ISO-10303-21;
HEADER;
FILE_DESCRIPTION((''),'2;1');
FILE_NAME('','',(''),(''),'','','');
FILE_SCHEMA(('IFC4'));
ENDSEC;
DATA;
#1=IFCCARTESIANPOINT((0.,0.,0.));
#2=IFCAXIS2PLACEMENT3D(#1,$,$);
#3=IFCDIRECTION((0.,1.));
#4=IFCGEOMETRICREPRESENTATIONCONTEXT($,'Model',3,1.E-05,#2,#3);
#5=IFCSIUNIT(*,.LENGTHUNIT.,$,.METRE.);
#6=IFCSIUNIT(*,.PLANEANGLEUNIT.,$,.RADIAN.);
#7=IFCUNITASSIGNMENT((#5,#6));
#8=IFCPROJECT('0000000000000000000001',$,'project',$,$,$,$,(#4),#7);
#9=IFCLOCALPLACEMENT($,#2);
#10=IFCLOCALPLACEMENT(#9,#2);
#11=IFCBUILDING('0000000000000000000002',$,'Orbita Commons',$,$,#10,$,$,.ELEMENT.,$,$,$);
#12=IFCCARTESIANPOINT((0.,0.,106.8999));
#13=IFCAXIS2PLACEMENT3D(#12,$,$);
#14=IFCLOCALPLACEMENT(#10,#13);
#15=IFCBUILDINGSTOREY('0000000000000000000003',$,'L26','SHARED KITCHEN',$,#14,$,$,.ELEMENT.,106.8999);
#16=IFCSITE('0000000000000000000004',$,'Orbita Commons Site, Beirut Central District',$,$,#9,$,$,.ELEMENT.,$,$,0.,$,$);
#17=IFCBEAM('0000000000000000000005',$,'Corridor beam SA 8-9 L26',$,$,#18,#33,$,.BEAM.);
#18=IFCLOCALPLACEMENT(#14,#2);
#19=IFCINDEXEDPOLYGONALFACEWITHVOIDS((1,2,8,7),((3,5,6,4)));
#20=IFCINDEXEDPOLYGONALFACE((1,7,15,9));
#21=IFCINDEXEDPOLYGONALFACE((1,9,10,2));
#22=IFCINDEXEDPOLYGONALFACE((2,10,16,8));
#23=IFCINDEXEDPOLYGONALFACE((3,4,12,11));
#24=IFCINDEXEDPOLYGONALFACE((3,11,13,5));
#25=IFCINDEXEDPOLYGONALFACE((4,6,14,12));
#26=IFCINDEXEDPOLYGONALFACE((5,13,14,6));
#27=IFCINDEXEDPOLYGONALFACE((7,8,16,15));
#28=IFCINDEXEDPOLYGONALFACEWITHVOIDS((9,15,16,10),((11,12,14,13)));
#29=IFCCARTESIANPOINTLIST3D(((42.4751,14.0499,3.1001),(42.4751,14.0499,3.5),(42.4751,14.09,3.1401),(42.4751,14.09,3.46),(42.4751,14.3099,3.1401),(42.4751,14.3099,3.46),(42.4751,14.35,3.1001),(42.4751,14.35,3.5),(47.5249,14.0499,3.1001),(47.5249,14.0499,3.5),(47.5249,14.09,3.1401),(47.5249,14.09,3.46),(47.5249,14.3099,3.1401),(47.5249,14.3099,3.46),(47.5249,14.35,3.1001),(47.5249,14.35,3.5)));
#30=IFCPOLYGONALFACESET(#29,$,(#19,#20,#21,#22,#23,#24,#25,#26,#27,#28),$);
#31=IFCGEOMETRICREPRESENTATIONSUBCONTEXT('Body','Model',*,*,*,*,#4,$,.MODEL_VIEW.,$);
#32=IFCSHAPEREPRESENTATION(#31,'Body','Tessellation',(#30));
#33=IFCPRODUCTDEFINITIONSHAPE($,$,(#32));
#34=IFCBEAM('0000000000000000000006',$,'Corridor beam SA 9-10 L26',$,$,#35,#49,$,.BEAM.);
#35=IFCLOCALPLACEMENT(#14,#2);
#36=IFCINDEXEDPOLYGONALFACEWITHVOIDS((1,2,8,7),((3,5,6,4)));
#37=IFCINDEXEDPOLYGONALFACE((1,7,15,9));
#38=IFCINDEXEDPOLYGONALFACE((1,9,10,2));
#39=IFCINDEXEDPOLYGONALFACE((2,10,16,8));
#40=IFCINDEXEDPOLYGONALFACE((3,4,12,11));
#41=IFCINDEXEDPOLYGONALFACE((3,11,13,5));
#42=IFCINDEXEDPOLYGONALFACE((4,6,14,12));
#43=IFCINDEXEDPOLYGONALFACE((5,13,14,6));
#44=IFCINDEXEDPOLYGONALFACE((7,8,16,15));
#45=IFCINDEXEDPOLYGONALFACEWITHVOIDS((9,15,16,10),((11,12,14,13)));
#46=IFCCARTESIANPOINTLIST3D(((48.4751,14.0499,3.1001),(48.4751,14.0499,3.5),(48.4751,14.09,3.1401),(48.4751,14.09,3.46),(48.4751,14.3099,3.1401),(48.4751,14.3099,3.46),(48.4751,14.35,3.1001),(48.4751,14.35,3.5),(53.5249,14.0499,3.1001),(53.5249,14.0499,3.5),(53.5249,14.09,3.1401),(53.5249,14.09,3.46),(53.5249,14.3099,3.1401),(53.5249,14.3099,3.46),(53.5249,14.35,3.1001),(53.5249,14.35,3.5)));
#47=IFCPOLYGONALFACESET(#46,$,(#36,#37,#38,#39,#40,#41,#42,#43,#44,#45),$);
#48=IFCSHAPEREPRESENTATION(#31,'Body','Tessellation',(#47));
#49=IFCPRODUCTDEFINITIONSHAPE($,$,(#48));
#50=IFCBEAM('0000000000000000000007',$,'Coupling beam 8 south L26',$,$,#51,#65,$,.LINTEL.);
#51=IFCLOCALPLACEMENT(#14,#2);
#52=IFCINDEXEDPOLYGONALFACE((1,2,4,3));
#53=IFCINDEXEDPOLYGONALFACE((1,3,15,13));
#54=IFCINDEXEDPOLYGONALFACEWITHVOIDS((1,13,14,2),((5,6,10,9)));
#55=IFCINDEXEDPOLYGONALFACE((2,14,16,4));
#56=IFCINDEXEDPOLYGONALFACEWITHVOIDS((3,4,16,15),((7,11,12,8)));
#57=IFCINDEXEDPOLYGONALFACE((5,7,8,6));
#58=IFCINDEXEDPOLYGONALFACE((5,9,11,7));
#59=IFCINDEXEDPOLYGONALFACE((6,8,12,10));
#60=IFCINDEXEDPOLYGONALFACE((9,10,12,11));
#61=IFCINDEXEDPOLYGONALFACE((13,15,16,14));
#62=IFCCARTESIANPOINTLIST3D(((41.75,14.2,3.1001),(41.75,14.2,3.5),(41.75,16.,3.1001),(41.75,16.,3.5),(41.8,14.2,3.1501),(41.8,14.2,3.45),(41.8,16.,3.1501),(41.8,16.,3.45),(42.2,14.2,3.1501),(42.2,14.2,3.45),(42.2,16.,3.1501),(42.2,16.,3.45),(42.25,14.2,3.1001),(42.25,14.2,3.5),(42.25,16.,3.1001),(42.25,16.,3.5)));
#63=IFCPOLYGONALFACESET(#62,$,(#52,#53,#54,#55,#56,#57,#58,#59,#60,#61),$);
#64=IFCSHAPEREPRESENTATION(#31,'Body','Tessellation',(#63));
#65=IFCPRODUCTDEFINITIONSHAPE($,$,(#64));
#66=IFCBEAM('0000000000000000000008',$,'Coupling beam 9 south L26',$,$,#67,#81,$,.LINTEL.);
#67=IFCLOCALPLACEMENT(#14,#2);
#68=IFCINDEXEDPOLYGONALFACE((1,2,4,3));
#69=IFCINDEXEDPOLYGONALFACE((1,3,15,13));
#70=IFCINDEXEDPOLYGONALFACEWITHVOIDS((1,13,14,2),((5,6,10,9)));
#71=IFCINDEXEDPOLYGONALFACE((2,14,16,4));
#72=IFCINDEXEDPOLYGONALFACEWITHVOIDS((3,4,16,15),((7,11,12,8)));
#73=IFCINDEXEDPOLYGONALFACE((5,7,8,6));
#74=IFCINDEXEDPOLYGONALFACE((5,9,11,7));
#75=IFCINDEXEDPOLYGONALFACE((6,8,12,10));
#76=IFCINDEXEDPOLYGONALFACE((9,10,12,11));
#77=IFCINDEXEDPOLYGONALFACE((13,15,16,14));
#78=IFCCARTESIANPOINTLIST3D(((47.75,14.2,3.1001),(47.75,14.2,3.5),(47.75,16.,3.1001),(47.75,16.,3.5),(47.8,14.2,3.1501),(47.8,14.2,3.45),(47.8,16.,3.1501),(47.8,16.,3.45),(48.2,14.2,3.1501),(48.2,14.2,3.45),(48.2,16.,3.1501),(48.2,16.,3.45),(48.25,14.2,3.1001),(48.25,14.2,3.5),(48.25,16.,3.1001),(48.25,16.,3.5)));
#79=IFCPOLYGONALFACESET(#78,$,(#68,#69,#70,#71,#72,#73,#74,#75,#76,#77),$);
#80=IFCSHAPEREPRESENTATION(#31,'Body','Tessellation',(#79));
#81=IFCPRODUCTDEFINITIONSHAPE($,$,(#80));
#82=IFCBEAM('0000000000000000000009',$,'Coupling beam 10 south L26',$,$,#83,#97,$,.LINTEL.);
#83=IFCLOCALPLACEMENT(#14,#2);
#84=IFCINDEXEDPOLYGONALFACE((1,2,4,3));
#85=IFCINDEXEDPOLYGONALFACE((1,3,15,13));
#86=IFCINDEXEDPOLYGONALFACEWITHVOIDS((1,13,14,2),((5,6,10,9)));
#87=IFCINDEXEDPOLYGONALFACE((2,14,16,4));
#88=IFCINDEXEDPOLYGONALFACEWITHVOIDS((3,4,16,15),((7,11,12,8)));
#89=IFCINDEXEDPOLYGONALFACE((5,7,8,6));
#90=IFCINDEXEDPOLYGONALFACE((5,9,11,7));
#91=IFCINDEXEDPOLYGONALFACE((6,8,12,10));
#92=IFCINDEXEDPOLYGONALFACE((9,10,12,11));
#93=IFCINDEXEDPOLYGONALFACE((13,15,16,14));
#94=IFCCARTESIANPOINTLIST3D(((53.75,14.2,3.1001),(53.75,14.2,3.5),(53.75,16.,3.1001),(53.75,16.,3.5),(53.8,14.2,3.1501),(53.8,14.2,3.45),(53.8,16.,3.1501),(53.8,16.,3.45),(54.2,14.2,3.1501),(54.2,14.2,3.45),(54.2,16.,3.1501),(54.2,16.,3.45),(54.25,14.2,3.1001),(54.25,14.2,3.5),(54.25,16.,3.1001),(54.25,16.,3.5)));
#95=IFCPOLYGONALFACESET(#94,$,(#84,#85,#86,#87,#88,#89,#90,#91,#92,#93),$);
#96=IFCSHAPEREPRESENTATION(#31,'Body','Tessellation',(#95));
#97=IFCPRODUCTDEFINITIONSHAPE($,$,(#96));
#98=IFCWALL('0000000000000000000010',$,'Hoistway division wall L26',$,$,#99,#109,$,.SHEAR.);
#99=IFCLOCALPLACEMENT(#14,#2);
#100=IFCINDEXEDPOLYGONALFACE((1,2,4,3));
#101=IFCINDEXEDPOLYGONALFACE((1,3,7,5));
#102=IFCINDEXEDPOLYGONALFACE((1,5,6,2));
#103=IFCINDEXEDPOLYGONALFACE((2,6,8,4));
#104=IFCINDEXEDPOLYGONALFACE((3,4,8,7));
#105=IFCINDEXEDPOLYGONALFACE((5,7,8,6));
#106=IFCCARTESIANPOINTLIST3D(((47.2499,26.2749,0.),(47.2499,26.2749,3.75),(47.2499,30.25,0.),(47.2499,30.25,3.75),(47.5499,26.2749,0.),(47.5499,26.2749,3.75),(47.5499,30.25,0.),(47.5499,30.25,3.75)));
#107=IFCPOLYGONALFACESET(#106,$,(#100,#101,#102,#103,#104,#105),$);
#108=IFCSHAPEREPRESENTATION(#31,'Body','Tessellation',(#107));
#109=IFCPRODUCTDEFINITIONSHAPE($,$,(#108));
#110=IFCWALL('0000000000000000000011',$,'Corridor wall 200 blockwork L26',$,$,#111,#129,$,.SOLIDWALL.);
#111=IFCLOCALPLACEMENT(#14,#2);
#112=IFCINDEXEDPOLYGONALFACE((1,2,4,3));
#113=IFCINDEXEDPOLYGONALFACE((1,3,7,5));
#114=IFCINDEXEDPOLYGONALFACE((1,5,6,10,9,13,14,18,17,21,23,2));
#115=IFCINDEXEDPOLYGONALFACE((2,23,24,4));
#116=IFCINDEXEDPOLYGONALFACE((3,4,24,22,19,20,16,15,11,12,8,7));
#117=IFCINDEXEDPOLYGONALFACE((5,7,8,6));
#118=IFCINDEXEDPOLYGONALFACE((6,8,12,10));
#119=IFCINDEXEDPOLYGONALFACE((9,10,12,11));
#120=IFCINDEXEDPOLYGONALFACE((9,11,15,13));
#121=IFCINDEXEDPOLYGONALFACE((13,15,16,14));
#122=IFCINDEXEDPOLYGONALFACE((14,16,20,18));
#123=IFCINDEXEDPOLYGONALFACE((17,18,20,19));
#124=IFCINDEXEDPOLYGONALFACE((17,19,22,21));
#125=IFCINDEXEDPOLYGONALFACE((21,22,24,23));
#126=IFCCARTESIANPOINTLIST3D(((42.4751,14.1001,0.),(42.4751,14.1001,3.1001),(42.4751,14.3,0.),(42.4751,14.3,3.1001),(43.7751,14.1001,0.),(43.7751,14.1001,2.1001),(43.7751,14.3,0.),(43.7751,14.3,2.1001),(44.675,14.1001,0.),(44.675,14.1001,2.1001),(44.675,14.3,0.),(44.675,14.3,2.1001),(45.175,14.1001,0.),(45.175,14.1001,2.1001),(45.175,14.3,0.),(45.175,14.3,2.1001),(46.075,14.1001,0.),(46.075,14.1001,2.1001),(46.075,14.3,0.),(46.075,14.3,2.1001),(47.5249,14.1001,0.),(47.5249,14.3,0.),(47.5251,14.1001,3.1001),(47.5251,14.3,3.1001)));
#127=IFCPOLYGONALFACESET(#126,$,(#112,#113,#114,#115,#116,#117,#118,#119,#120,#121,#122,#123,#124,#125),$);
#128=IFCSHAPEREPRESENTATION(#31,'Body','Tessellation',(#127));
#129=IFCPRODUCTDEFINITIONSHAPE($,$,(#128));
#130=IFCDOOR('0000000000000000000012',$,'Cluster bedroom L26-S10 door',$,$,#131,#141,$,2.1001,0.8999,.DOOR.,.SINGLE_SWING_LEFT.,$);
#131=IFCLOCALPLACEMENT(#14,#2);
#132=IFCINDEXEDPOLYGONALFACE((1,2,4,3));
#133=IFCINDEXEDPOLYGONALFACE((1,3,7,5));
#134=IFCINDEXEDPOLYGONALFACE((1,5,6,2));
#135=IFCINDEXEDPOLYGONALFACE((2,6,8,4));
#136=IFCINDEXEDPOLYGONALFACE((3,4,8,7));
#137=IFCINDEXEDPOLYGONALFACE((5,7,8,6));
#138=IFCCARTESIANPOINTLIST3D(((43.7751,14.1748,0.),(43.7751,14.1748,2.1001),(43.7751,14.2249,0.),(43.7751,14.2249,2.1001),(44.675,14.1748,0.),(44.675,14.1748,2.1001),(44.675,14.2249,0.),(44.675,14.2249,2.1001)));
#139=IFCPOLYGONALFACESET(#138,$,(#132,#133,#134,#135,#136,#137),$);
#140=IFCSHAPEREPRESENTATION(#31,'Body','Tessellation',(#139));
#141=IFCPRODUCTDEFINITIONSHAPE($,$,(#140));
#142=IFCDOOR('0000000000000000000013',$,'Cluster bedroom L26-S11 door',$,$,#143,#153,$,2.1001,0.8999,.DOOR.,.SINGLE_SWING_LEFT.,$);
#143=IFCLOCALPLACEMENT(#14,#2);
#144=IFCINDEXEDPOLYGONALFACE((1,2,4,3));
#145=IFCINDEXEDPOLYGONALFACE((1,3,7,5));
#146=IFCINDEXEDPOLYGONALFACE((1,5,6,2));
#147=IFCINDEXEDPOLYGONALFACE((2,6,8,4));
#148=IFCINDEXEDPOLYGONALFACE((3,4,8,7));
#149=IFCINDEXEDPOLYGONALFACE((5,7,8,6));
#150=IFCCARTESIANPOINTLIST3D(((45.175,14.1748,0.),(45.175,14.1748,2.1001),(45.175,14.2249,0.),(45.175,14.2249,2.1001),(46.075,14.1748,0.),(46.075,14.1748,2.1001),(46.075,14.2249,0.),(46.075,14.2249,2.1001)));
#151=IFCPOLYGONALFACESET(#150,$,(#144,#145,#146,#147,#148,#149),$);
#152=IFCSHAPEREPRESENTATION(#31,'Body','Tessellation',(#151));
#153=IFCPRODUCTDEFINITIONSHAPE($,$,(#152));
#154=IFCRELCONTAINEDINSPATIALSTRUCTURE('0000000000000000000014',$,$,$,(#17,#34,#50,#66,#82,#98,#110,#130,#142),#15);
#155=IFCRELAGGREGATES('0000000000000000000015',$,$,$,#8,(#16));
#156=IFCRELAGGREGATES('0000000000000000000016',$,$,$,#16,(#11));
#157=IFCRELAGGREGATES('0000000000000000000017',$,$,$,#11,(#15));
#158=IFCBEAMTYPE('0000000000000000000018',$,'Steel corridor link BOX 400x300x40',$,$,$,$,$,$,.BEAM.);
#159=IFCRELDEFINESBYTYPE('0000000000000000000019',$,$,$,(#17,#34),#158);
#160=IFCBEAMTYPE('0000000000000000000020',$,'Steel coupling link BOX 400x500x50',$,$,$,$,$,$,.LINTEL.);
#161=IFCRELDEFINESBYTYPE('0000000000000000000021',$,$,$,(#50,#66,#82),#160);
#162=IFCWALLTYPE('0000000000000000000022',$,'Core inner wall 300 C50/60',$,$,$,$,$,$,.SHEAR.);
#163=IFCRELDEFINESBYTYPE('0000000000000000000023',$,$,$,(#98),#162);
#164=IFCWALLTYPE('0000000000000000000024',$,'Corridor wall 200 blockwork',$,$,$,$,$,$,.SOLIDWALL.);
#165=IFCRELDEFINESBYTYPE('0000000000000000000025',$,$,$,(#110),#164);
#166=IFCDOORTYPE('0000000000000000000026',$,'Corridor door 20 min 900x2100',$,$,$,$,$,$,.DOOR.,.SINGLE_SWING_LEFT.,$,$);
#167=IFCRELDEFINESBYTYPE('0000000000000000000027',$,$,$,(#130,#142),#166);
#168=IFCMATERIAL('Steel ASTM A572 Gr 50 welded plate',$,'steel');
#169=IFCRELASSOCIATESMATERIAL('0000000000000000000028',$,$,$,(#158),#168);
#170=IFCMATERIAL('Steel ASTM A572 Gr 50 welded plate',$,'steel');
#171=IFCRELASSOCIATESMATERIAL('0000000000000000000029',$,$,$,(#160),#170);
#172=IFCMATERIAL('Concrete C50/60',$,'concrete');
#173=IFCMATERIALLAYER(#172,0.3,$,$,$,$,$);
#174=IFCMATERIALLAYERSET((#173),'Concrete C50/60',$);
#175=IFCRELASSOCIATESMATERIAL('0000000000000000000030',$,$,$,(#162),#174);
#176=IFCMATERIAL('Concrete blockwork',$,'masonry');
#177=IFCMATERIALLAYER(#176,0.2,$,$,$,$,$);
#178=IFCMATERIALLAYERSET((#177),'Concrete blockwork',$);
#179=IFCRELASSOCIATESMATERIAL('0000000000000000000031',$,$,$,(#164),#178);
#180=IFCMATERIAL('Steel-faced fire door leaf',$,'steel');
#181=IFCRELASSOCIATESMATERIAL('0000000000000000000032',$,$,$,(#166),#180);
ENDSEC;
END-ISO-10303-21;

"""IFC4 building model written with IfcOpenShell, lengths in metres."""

from ifc_helpers import new_model, si_unit, direction, frame, frame_2d, origin, origin_2d, place, context, subcontext, project, spatial, polyline, rectangle, hollow_rectangle, outline, extrude, material, layer, layer_set, material_profile, profile_set, type_object, element, fill, save


model = new_model("IFC4")

# Units and contexts
model_context = context("Model", 3, precision=1e-05, world=origin(), true_north=direction((0.0, 1.0)))
body_context = subcontext(model_context, "Body", "Model", "MODEL_VIEW")
ifc_project = project(units=[si_unit("LENGTHUNIT", "METRE"), si_unit("PLANEANGLEUNIT", "RADIAN")], contexts=[model_context])

# Site, building, storey
site_placement = place(None, origin())
site = spatial("IfcSite", under=ifc_project, at=site_placement, Name="Orbita Commons Site, Beirut Central District", CompositionType="ELEMENT", RefElevation=0.0)
building_placement = place(site_placement, origin())
building = spatial("IfcBuilding", under=site, at=building_placement, Name="Orbita Commons", CompositionType="ELEMENT")
storey_placement = place(building_placement, frame((0.0, 0.0, 106.8999)))
storey = spatial("IfcBuildingStorey", under=building, at=storey_placement, Name="L26", Description="SHARED KITCHEN", CompositionType="ELEMENT", Elevation=106.8999)

# Beams
ifc_material_1 = material(Name="Steel ASTM A572 Gr 50 welded plate", Category="steel")
ifc_material_profile_1 = material_profile(ifc_material_1, hollow_rectangle(XDim=0.3, YDim=0.3999, WallThickness=0.04, at=origin_2d()), Name="BOX 400x300x40")
ifc_profile_set_1 = profile_set([ifc_material_profile_1], Name="Steel ASTM A572 Gr 50 welded plate")
beam_type_1 = type_object("IfcBeamType", Name="Steel corridor link BOX 400x300x40", PredefinedType="BEAM", material=ifc_profile_set_1)
for number, where, z_axis, x_axis, name in (
    (1, (42.4751, 14.2, 3.3), (1.0, 0.0, 0.0), (0.0, 1.0, 0.0), "Corridor beam SA 8-9 L26"),
    (2, (48.4751, 14.2, 3.3), (1.0, 0.0, 0.0), (0.0, 1.0, 0.0), "Corridor beam SA 9-10 L26"),
):
    element("IfcBeam", number, at=place(storey_placement, frame(where, z_axis=z_axis, x_axis=x_axis)), inside=storey, type_object=beam_type_1, Name=name, PredefinedType="BEAM", context=body_context, shape_type="SweptSolid", body=[
        extrude(hollow_rectangle(XDim=0.3, YDim=0.3999, WallThickness=0.04, at=origin_2d()), origin(), (0.0, 0.0, 1.0), 5.0498),
    ])
ifc_material_2 = material(Name="Steel ASTM A572 Gr 50 welded plate", Category="steel")
ifc_material_profile_2 = material_profile(ifc_material_2, hollow_rectangle(XDim=0.5, YDim=0.3999, WallThickness=0.05, at=origin_2d()), Name="BOX 400x500x50")
ifc_profile_set_2 = profile_set([ifc_material_profile_2], Name="Steel ASTM A572 Gr 50 welded plate")
beam_type_2 = type_object("IfcBeamType", Name="Steel coupling link BOX 400x500x50", PredefinedType="LINTEL", material=ifc_profile_set_2)
for number, where, z_axis, x_axis, name in (
    (3, (42.0, 14.2, 3.3), (0.0, 1.0, 0.0), (-1.0, 0.0, 0.0), "Coupling beam 8 south L26"),
    (4, (48.0, 14.2, 3.3), (0.0, 1.0, 0.0), (-1.0, 0.0, 0.0), "Coupling beam 9 south L26"),
    (5, (54.0, 14.2, 3.3), (0.0, 1.0, 0.0), (-1.0, 0.0, 0.0), "Coupling beam 10 south L26"),
):
    element("IfcBeam", number, at=place(storey_placement, frame(where, z_axis=z_axis, x_axis=x_axis)), inside=storey, type_object=beam_type_2, Name=name, PredefinedType="LINTEL", context=body_context, shape_type="SweptSolid", body=[
        extrude(hollow_rectangle(XDim=0.5, YDim=0.3999, WallThickness=0.05, at=origin_2d()), origin(), (0.0, 0.0, 1.0), 1.8),
    ])

# Wall
ifc_material_3 = material(Name="Concrete C50/60", Category="concrete")
ifc_layer_1 = layer(ifc_material_3, 0.3)
ifc_layer_set_1 = layer_set([ifc_layer_1], Name="Concrete C50/60")
wall_type_1 = type_object("IfcWallType", Name="Core inner wall 300 C50/60", PredefinedType="SHEAR", material=ifc_layer_set_1)
wall_1_placement = place(storey_placement, frame((47.3999, 26.2749, 0.0), z_axis=(0.0, 0.0, 1.0), x_axis=(0.0, 1.0, 0.0)))
element("IfcWall", 6, at=wall_1_placement, inside=storey, type_object=wall_type_1, Name="Hoistway division wall L26", PredefinedType="SHEAR", context=body_context, shape_type="SweptSolid", body=[
    extrude(rectangle(XDim=3.9751, YDim=0.3, at=frame_2d((1.9875, 0.0))), origin(), (0.0, 0.0, 1.0), 3.75),
])

# Wall, openings, doors
ifc_material_4 = material(Name="Concrete blockwork", Category="masonry")
ifc_layer_2 = layer(ifc_material_4, 0.2)
ifc_layer_set_2 = layer_set([ifc_layer_2], Name="Concrete blockwork")
wall_type_2 = type_object("IfcWallType", Name="Corridor wall 200 blockwork", PredefinedType="SOLIDWALL", material=ifc_layer_set_2)
wall_2_placement = place(storey_placement, frame((42.4751, 14.2, 0.0), z_axis=(0.0, 0.0, 1.0), x_axis=(1.0, 0.0, 0.0)))
wall_2 = element("IfcWall", 7, at=wall_2_placement, inside=storey, type_object=wall_type_2, Name="Corridor wall 200 blockwork L26", PredefinedType="SOLIDWALL", context=body_context, shape_type="SweptSolid", body=[
    extrude(outline(polyline([(0.0, 0.0), (5.0498, 0.0), (5.05, 3.1001), (0.0, 3.1001), (0.0, 0.0)])), frame((0.0, 0.1001, 0.0), z_axis=(0.0, -1.0, 0.0), x_axis=(1.0, 0.0, 0.0)), (0.0, 0.0, 1.0), 0.2),
])
opening_1_placement = place(wall_2_placement, frame((1.3, 0.0, 0.0)))
opening_1 = element("IfcOpeningElement", 8, at=opening_1_placement, cuts=wall_2, PredefinedType="OPENING", context=body_context, shape_type="SweptSolid", body=[
    extrude(rectangle(XDim=0.8999, YDim=2.1001, at=frame_2d((0.45, 1.05))), frame((0.0, 0.1099, 0.0), z_axis=(0.0, -1.0, 0.0), x_axis=(1.0, 0.0, 0.0)), (0.0, 0.0, 1.0), 0.22),
])
opening_2_placement = place(wall_2_placement, frame((2.7, 0.0, 0.0)))
opening_2 = element("IfcOpeningElement", 9, at=opening_2_placement, cuts=wall_2, PredefinedType="OPENING", context=body_context, shape_type="SweptSolid", body=[
    extrude(rectangle(XDim=0.8999, YDim=2.1001, at=frame_2d((0.45, 1.05))), frame((0.0, 0.1099, 0.0), z_axis=(0.0, -1.0, 0.0), x_axis=(1.0, 0.0, 0.0)), (0.0, 0.0, 1.0), 0.22),
])
ifc_material_5 = material(Name="Steel-faced fire door leaf", Category="steel")
door_type = type_object("IfcDoorType", Name="Corridor door 20 min 900x2100", OperationType="SINGLE_SWING_LEFT", PredefinedType="DOOR", material=ifc_material_5)
door_1_placement = place(opening_1_placement, origin())
door_1 = element("IfcDoor", 10, at=door_1_placement, inside=storey, type_object=door_type, Name="Cluster bedroom L26-S10 door", OperationType="SINGLE_SWING_LEFT", OverallHeight=2.1001, OverallWidth=0.8999, PredefinedType="DOOR", context=body_context, shape_type="SweptSolid", body=[
    extrude(rectangle(XDim=0.8999, YDim=2.1001, at=frame_2d((0.45, 1.05))), frame((0.0, 0.0249, 0.0), z_axis=(0.0, -1.0, 0.0), x_axis=(1.0, 0.0, 0.0)), (0.0, 0.0, 1.0), 0.05),
])
fill(opening_1, door_1)
door_2_placement = place(opening_2_placement, origin())
door_2 = element("IfcDoor", 11, at=door_2_placement, inside=storey, type_object=door_type, Name="Cluster bedroom L26-S11 door", OperationType="SINGLE_SWING_LEFT", OverallHeight=2.1001, OverallWidth=0.8999, PredefinedType="DOOR", context=body_context, shape_type="SweptSolid", body=[
    extrude(rectangle(XDim=0.8999, YDim=2.1001, at=frame_2d((0.45, 1.05))), frame((0.0, 0.0249, 0.0), z_axis=(0.0, -1.0, 0.0), x_axis=(1.0, 0.0, 0.0)), (0.0, 0.0, 1.0), 0.05),
])
fill(opening_2, door_2)

save(model, "model.ifc")
